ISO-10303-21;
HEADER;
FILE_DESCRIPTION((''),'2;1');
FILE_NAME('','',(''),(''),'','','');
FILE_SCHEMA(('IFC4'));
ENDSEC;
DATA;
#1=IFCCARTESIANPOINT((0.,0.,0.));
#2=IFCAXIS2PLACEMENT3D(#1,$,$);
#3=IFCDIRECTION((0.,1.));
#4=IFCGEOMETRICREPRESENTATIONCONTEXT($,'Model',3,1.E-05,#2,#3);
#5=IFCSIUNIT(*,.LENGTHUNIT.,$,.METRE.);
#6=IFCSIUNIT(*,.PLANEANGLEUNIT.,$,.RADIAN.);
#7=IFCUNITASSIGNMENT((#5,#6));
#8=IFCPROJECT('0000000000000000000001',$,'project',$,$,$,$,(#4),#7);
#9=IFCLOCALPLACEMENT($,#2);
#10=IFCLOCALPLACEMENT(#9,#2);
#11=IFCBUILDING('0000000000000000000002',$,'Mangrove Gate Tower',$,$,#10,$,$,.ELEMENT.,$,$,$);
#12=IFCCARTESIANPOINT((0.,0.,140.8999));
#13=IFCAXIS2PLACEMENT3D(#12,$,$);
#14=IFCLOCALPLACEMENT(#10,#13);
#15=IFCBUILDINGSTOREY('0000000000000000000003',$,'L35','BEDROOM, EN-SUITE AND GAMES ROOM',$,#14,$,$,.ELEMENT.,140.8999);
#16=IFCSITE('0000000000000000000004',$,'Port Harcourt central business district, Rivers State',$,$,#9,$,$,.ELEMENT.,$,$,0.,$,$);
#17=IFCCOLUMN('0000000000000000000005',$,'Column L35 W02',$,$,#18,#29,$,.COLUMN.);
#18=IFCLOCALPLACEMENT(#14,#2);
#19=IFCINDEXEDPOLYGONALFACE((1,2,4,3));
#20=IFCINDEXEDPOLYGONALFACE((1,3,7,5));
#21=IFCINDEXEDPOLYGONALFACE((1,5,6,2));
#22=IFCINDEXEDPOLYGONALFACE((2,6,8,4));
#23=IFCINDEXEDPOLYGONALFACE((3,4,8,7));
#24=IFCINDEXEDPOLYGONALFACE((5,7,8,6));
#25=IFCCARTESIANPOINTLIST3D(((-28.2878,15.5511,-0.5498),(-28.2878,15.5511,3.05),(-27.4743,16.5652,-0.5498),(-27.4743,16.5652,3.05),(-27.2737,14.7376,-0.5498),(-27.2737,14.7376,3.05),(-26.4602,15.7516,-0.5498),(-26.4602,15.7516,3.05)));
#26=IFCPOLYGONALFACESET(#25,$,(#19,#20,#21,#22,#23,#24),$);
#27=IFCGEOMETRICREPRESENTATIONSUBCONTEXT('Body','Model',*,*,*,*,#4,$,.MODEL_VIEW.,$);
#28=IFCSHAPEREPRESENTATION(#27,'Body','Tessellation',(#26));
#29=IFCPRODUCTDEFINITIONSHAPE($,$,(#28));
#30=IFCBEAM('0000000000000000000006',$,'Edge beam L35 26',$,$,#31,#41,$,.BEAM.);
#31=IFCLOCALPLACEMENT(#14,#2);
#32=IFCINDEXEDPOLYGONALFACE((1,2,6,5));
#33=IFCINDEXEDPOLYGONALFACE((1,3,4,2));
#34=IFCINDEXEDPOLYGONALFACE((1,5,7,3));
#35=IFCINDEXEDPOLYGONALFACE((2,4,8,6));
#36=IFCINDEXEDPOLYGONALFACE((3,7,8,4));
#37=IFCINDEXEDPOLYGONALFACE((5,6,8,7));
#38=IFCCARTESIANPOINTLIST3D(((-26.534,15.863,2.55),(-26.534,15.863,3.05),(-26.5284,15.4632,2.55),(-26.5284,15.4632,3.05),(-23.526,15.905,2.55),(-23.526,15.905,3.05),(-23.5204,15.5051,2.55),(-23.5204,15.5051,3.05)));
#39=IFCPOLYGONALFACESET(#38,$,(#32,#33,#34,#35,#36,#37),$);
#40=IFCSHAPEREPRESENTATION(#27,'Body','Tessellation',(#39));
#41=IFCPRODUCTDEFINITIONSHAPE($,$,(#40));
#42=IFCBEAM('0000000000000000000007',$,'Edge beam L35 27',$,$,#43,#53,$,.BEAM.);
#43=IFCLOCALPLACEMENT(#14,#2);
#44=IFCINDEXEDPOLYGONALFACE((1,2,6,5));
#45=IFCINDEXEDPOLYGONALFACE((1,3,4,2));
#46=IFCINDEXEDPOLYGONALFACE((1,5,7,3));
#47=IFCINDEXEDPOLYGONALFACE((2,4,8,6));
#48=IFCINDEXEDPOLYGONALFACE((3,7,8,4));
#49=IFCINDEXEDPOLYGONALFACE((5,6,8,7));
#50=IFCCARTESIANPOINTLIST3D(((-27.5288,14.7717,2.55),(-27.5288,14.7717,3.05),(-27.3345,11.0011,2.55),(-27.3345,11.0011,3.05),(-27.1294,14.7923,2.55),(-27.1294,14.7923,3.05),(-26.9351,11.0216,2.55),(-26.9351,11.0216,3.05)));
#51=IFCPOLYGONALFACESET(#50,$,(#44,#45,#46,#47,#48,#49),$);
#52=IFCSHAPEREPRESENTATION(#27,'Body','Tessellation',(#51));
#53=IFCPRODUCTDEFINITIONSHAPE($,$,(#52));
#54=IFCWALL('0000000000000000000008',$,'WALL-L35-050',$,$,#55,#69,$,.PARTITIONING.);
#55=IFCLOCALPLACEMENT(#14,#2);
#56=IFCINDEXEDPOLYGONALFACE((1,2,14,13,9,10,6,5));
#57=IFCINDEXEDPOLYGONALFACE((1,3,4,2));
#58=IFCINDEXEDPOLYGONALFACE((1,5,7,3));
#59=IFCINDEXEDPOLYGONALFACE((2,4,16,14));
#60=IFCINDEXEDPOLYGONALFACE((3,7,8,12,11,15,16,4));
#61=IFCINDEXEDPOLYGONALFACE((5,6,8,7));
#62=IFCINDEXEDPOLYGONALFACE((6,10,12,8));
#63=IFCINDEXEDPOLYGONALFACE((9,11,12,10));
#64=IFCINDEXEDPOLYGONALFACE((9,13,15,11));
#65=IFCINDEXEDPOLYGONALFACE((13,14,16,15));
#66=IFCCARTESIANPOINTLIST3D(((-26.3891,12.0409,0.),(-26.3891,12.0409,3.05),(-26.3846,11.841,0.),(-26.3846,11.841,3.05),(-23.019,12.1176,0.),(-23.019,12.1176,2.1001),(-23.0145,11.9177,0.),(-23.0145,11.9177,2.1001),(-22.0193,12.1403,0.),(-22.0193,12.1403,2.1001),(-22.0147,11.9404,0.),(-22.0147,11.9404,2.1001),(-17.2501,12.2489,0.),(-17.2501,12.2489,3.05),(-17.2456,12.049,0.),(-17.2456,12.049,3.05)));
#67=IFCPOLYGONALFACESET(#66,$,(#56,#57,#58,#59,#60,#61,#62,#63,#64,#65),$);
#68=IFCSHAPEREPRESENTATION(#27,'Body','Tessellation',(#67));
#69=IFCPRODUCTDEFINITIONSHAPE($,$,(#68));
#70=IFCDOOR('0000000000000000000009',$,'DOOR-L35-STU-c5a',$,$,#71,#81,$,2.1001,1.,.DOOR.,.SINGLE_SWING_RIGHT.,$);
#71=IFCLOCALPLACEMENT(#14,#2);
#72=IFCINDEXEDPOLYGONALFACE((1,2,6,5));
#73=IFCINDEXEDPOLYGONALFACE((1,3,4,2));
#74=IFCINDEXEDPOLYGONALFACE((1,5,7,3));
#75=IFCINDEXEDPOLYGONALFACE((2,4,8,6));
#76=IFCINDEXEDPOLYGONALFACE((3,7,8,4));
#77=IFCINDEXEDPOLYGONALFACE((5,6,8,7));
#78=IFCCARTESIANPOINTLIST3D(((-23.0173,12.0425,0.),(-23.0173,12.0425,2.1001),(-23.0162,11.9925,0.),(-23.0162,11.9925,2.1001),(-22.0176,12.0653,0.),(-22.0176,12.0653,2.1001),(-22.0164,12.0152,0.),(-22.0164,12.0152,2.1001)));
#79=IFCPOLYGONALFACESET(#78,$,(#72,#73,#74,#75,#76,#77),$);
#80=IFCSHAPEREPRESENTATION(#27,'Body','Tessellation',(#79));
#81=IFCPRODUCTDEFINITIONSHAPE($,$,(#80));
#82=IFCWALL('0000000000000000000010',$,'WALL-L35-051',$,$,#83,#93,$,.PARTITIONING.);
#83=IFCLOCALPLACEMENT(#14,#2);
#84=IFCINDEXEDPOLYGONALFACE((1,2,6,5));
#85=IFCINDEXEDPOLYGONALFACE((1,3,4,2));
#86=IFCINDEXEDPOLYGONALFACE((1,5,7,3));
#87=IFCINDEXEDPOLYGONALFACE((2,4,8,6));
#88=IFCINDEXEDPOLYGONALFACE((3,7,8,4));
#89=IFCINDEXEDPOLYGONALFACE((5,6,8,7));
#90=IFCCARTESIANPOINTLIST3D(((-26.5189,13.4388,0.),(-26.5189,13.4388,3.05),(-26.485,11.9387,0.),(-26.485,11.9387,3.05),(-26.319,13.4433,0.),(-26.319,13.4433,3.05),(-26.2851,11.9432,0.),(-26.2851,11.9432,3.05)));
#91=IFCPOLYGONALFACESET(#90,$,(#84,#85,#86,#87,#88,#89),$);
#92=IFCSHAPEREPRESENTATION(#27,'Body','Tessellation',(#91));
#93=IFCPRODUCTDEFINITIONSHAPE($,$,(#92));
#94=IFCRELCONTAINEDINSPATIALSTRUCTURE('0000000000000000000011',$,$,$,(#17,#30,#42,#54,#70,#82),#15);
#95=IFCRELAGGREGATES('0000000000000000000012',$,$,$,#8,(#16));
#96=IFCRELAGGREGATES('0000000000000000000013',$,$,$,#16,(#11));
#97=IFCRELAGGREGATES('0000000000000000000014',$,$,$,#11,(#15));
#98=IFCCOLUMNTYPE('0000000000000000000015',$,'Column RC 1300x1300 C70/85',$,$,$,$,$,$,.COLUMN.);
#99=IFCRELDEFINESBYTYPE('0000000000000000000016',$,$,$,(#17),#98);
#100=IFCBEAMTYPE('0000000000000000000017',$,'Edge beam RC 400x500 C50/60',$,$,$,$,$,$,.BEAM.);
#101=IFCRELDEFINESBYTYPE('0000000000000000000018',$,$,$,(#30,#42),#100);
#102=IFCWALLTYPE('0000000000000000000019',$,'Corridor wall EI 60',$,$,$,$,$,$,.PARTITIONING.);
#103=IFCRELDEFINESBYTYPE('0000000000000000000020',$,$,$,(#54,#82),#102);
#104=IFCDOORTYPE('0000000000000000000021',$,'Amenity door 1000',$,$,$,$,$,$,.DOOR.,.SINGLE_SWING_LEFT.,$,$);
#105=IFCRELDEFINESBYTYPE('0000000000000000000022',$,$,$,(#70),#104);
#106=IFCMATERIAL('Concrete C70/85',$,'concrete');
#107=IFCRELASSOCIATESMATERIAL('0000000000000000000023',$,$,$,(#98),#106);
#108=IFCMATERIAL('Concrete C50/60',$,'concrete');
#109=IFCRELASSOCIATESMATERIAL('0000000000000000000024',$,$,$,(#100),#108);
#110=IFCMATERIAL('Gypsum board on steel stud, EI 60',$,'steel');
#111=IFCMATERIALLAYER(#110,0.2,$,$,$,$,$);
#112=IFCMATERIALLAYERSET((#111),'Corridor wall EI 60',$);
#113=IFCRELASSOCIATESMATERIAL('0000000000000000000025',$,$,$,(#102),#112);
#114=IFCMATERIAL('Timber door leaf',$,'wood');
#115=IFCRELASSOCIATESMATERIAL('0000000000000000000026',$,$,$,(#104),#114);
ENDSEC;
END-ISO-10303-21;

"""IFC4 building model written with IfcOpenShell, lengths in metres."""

from ifc_helpers import new_model, si_unit, direction, frame, frame_2d, origin, origin_2d, place, context, subcontext, project, spatial, rectangle, extrude, material, layer, layer_set, material_profile, profile_set, type_object, element, fill, save


model = new_model("IFC4")

# Units and contexts
model_context = context("Model", 3, precision=1e-05, world=origin(), true_north=direction((0.0, 1.0)))
body_context = subcontext(model_context, "Body", "Model", "MODEL_VIEW")
ifc_project = project(units=[si_unit("LENGTHUNIT", "METRE"), si_unit("PLANEANGLEUNIT", "RADIAN")], contexts=[model_context])

# Site, building, storey
site_placement = place(None, origin())
site = spatial("IfcSite", under=ifc_project, at=site_placement, Name="Port Harcourt central business district, Rivers State", CompositionType="ELEMENT", RefElevation=0.0)
building_placement = place(site_placement, origin())
building = spatial("IfcBuilding", under=site, at=building_placement, Name="Mangrove Gate Tower", CompositionType="ELEMENT")
storey_placement = place(building_placement, frame((0.0, 0.0, 140.8999)))
storey = spatial("IfcBuildingStorey", under=building, at=storey_placement, Name="L35", Description="BEDROOM, EN-SUITE AND GAMES ROOM", CompositionType="ELEMENT", Elevation=140.8999)

# Column
ifc_material_1 = material(Name="Concrete C70/85", Category="concrete")
ifc_material_profile_1 = material_profile(ifc_material_1, rectangle(XDim=1.3, YDim=1.3, at=origin_2d()))
ifc_profile_set_1 = profile_set([ifc_material_profile_1], Name="Concrete C70/85")
column_type = type_object("IfcColumnType", Name="Column RC 1300x1300 C70/85", PredefinedType="COLUMN", material=ifc_profile_set_1)
column_placement = place(storey_placement, frame((-27.374, 15.6514, -0.5498), z_axis=(0.0, 0.0, 1.0), x_axis=(-0.625757, -0.780018, 0.0)))
element("IfcColumn", 1, at=column_placement, inside=storey, type_object=column_type, Name="Column L35 W02", PredefinedType="COLUMN", context=body_context, shape_type="SweptSolid", body=[
    extrude(rectangle(XDim=1.3, YDim=1.3, at=origin_2d()), origin(), (0.0, 0.0, 1.0), 3.5999),
])

# Beams
ifc_material_2 = material(Name="Concrete C50/60", Category="concrete")
ifc_material_profile_2 = material_profile(ifc_material_2, rectangle(XDim=0.3999, YDim=0.5, at=origin_2d()))
ifc_profile_set_2 = profile_set([ifc_material_profile_2], Name="Concrete C50/60")
beam_type = type_object("IfcBeamType", Name="Edge beam RC 400x500 C50/60", PredefinedType="BEAM", material=ifc_profile_set_2)
beam_1_placement = place(storey_placement, frame((-23.5232, 15.7051, 2.8), z_axis=(-0.999903, -0.013959, 0.0), x_axis=(0.013959, -0.999903, 0.0)))
element("IfcBeam", 2, at=beam_1_placement, inside=storey, type_object=beam_type, Name="Edge beam L35 26", PredefinedType="BEAM", context=body_context, shape_type="SweptSolid", body=[
    extrude(rectangle(XDim=0.3999, YDim=0.5, at=origin_2d()), origin(), (0.0, 0.0, 1.0), 3.0083),
])
beam_2_placement = place(storey_placement, frame((-27.3291, 14.782, 2.8), z_axis=(0.051469, -0.998675, 0.0), x_axis=(0.998675, 0.051469, 0.0)))
element("IfcBeam", 3, at=beam_2_placement, inside=storey, type_object=beam_type, Name="Edge beam L35 27", PredefinedType="BEAM", context=body_context, shape_type="SweptSolid", body=[
    extrude(rectangle(XDim=0.3999, YDim=0.5, at=origin_2d()), origin(), (0.0, 0.0, 1.0), 3.7756),
])

# Wall, opening, door
ifc_material_3 = material(Name="Gypsum board on steel stud, EI 60", Category="steel")
ifc_layer_1 = layer(ifc_material_3, 0.2)
ifc_layer_set_1 = layer_set([ifc_layer_1], Name="Corridor wall EI 60")
wall_type_1 = type_object("IfcWallType", Name="Corridor wall EI 60", PredefinedType="PARTITIONING", material=ifc_layer_set_1)
wall_1_placement = place(storey_placement, frame((-26.387, 11.9409, 0.0), z_axis=(0.0, 0.0, 1.0), x_axis=(0.999741, 0.022755, 0.0)))
wall_1 = element("IfcWall", 4, at=wall_1_placement, inside=storey, type_object=wall_type_1, Name="WALL-L35-050", PredefinedType="PARTITIONING", context=body_context, shape_type="SweptSolid", body=[
    extrude(rectangle(XDim=9.1414, YDim=0.2, at=frame_2d((4.5708, 0.0))), origin(), (0.0, 0.0, 1.0), 3.05),
])
opening_1_placement = place(wall_1_placement, frame((3.3711, 0.0, 0.0)))
opening_1 = element("IfcOpeningElement", 5, at=opening_1_placement, cuts=wall_1, PredefinedType="OPENING", context=body_context, shape_type="SweptSolid", body=[
    extrude(rectangle(XDim=1.0, YDim=2.1001, at=frame_2d((0.5, 1.05))), frame((0.0, 0.1099, 0.0), z_axis=(0.0, -1.0, 0.0), x_axis=(1.0, 0.0, 0.0)), (0.0, 0.0, 1.0), 0.22),
])
ifc_material_4 = material(Name="Timber door leaf", Category="wood")
door_type_1 = type_object("IfcDoorType", Name="Amenity door 1000", OperationType="SINGLE_SWING_LEFT", PredefinedType="DOOR", material=ifc_material_4)
door_1_placement = place(opening_1_placement, origin())
door_1 = element("IfcDoor", 6, at=door_1_placement, inside=storey, type_object=door_type_1, Name="DOOR-L35-STU-c5a", OperationType="SINGLE_SWING_RIGHT", OverallHeight=2.1001, OverallWidth=1.0, PredefinedType="DOOR", context=body_context, shape_type="SweptSolid", body=[
    extrude(rectangle(XDim=1.0, YDim=2.1001, at=frame_2d((0.5, 1.05))), frame((0.0, 0.0249, 0.0), z_axis=(0.0, -1.0, 0.0), x_axis=(1.0, 0.0, 0.0)), (0.0, 0.0, 1.0), 0.05),
])
fill(opening_1, door_1)

# Wall
wall_2_placement = place(storey_placement, frame((-26.385, 11.9409, 0.0), z_axis=(0.0, 0.0, 1.0), x_axis=(-0.022618, 0.999744, 0.0)))
element("IfcWall", 7, at=wall_2_placement, inside=storey, type_object=wall_type_1, Name="WALL-L35-051", PredefinedType="PARTITIONING", context=body_context, shape_type="SweptSolid", body=[
    extrude(rectangle(XDim=1.5005, YDim=0.2, at=frame_2d((0.7502, 0.0))), origin(), (0.0, 0.0, 1.0), 3.05),
])

save(model, "model.ifc")
